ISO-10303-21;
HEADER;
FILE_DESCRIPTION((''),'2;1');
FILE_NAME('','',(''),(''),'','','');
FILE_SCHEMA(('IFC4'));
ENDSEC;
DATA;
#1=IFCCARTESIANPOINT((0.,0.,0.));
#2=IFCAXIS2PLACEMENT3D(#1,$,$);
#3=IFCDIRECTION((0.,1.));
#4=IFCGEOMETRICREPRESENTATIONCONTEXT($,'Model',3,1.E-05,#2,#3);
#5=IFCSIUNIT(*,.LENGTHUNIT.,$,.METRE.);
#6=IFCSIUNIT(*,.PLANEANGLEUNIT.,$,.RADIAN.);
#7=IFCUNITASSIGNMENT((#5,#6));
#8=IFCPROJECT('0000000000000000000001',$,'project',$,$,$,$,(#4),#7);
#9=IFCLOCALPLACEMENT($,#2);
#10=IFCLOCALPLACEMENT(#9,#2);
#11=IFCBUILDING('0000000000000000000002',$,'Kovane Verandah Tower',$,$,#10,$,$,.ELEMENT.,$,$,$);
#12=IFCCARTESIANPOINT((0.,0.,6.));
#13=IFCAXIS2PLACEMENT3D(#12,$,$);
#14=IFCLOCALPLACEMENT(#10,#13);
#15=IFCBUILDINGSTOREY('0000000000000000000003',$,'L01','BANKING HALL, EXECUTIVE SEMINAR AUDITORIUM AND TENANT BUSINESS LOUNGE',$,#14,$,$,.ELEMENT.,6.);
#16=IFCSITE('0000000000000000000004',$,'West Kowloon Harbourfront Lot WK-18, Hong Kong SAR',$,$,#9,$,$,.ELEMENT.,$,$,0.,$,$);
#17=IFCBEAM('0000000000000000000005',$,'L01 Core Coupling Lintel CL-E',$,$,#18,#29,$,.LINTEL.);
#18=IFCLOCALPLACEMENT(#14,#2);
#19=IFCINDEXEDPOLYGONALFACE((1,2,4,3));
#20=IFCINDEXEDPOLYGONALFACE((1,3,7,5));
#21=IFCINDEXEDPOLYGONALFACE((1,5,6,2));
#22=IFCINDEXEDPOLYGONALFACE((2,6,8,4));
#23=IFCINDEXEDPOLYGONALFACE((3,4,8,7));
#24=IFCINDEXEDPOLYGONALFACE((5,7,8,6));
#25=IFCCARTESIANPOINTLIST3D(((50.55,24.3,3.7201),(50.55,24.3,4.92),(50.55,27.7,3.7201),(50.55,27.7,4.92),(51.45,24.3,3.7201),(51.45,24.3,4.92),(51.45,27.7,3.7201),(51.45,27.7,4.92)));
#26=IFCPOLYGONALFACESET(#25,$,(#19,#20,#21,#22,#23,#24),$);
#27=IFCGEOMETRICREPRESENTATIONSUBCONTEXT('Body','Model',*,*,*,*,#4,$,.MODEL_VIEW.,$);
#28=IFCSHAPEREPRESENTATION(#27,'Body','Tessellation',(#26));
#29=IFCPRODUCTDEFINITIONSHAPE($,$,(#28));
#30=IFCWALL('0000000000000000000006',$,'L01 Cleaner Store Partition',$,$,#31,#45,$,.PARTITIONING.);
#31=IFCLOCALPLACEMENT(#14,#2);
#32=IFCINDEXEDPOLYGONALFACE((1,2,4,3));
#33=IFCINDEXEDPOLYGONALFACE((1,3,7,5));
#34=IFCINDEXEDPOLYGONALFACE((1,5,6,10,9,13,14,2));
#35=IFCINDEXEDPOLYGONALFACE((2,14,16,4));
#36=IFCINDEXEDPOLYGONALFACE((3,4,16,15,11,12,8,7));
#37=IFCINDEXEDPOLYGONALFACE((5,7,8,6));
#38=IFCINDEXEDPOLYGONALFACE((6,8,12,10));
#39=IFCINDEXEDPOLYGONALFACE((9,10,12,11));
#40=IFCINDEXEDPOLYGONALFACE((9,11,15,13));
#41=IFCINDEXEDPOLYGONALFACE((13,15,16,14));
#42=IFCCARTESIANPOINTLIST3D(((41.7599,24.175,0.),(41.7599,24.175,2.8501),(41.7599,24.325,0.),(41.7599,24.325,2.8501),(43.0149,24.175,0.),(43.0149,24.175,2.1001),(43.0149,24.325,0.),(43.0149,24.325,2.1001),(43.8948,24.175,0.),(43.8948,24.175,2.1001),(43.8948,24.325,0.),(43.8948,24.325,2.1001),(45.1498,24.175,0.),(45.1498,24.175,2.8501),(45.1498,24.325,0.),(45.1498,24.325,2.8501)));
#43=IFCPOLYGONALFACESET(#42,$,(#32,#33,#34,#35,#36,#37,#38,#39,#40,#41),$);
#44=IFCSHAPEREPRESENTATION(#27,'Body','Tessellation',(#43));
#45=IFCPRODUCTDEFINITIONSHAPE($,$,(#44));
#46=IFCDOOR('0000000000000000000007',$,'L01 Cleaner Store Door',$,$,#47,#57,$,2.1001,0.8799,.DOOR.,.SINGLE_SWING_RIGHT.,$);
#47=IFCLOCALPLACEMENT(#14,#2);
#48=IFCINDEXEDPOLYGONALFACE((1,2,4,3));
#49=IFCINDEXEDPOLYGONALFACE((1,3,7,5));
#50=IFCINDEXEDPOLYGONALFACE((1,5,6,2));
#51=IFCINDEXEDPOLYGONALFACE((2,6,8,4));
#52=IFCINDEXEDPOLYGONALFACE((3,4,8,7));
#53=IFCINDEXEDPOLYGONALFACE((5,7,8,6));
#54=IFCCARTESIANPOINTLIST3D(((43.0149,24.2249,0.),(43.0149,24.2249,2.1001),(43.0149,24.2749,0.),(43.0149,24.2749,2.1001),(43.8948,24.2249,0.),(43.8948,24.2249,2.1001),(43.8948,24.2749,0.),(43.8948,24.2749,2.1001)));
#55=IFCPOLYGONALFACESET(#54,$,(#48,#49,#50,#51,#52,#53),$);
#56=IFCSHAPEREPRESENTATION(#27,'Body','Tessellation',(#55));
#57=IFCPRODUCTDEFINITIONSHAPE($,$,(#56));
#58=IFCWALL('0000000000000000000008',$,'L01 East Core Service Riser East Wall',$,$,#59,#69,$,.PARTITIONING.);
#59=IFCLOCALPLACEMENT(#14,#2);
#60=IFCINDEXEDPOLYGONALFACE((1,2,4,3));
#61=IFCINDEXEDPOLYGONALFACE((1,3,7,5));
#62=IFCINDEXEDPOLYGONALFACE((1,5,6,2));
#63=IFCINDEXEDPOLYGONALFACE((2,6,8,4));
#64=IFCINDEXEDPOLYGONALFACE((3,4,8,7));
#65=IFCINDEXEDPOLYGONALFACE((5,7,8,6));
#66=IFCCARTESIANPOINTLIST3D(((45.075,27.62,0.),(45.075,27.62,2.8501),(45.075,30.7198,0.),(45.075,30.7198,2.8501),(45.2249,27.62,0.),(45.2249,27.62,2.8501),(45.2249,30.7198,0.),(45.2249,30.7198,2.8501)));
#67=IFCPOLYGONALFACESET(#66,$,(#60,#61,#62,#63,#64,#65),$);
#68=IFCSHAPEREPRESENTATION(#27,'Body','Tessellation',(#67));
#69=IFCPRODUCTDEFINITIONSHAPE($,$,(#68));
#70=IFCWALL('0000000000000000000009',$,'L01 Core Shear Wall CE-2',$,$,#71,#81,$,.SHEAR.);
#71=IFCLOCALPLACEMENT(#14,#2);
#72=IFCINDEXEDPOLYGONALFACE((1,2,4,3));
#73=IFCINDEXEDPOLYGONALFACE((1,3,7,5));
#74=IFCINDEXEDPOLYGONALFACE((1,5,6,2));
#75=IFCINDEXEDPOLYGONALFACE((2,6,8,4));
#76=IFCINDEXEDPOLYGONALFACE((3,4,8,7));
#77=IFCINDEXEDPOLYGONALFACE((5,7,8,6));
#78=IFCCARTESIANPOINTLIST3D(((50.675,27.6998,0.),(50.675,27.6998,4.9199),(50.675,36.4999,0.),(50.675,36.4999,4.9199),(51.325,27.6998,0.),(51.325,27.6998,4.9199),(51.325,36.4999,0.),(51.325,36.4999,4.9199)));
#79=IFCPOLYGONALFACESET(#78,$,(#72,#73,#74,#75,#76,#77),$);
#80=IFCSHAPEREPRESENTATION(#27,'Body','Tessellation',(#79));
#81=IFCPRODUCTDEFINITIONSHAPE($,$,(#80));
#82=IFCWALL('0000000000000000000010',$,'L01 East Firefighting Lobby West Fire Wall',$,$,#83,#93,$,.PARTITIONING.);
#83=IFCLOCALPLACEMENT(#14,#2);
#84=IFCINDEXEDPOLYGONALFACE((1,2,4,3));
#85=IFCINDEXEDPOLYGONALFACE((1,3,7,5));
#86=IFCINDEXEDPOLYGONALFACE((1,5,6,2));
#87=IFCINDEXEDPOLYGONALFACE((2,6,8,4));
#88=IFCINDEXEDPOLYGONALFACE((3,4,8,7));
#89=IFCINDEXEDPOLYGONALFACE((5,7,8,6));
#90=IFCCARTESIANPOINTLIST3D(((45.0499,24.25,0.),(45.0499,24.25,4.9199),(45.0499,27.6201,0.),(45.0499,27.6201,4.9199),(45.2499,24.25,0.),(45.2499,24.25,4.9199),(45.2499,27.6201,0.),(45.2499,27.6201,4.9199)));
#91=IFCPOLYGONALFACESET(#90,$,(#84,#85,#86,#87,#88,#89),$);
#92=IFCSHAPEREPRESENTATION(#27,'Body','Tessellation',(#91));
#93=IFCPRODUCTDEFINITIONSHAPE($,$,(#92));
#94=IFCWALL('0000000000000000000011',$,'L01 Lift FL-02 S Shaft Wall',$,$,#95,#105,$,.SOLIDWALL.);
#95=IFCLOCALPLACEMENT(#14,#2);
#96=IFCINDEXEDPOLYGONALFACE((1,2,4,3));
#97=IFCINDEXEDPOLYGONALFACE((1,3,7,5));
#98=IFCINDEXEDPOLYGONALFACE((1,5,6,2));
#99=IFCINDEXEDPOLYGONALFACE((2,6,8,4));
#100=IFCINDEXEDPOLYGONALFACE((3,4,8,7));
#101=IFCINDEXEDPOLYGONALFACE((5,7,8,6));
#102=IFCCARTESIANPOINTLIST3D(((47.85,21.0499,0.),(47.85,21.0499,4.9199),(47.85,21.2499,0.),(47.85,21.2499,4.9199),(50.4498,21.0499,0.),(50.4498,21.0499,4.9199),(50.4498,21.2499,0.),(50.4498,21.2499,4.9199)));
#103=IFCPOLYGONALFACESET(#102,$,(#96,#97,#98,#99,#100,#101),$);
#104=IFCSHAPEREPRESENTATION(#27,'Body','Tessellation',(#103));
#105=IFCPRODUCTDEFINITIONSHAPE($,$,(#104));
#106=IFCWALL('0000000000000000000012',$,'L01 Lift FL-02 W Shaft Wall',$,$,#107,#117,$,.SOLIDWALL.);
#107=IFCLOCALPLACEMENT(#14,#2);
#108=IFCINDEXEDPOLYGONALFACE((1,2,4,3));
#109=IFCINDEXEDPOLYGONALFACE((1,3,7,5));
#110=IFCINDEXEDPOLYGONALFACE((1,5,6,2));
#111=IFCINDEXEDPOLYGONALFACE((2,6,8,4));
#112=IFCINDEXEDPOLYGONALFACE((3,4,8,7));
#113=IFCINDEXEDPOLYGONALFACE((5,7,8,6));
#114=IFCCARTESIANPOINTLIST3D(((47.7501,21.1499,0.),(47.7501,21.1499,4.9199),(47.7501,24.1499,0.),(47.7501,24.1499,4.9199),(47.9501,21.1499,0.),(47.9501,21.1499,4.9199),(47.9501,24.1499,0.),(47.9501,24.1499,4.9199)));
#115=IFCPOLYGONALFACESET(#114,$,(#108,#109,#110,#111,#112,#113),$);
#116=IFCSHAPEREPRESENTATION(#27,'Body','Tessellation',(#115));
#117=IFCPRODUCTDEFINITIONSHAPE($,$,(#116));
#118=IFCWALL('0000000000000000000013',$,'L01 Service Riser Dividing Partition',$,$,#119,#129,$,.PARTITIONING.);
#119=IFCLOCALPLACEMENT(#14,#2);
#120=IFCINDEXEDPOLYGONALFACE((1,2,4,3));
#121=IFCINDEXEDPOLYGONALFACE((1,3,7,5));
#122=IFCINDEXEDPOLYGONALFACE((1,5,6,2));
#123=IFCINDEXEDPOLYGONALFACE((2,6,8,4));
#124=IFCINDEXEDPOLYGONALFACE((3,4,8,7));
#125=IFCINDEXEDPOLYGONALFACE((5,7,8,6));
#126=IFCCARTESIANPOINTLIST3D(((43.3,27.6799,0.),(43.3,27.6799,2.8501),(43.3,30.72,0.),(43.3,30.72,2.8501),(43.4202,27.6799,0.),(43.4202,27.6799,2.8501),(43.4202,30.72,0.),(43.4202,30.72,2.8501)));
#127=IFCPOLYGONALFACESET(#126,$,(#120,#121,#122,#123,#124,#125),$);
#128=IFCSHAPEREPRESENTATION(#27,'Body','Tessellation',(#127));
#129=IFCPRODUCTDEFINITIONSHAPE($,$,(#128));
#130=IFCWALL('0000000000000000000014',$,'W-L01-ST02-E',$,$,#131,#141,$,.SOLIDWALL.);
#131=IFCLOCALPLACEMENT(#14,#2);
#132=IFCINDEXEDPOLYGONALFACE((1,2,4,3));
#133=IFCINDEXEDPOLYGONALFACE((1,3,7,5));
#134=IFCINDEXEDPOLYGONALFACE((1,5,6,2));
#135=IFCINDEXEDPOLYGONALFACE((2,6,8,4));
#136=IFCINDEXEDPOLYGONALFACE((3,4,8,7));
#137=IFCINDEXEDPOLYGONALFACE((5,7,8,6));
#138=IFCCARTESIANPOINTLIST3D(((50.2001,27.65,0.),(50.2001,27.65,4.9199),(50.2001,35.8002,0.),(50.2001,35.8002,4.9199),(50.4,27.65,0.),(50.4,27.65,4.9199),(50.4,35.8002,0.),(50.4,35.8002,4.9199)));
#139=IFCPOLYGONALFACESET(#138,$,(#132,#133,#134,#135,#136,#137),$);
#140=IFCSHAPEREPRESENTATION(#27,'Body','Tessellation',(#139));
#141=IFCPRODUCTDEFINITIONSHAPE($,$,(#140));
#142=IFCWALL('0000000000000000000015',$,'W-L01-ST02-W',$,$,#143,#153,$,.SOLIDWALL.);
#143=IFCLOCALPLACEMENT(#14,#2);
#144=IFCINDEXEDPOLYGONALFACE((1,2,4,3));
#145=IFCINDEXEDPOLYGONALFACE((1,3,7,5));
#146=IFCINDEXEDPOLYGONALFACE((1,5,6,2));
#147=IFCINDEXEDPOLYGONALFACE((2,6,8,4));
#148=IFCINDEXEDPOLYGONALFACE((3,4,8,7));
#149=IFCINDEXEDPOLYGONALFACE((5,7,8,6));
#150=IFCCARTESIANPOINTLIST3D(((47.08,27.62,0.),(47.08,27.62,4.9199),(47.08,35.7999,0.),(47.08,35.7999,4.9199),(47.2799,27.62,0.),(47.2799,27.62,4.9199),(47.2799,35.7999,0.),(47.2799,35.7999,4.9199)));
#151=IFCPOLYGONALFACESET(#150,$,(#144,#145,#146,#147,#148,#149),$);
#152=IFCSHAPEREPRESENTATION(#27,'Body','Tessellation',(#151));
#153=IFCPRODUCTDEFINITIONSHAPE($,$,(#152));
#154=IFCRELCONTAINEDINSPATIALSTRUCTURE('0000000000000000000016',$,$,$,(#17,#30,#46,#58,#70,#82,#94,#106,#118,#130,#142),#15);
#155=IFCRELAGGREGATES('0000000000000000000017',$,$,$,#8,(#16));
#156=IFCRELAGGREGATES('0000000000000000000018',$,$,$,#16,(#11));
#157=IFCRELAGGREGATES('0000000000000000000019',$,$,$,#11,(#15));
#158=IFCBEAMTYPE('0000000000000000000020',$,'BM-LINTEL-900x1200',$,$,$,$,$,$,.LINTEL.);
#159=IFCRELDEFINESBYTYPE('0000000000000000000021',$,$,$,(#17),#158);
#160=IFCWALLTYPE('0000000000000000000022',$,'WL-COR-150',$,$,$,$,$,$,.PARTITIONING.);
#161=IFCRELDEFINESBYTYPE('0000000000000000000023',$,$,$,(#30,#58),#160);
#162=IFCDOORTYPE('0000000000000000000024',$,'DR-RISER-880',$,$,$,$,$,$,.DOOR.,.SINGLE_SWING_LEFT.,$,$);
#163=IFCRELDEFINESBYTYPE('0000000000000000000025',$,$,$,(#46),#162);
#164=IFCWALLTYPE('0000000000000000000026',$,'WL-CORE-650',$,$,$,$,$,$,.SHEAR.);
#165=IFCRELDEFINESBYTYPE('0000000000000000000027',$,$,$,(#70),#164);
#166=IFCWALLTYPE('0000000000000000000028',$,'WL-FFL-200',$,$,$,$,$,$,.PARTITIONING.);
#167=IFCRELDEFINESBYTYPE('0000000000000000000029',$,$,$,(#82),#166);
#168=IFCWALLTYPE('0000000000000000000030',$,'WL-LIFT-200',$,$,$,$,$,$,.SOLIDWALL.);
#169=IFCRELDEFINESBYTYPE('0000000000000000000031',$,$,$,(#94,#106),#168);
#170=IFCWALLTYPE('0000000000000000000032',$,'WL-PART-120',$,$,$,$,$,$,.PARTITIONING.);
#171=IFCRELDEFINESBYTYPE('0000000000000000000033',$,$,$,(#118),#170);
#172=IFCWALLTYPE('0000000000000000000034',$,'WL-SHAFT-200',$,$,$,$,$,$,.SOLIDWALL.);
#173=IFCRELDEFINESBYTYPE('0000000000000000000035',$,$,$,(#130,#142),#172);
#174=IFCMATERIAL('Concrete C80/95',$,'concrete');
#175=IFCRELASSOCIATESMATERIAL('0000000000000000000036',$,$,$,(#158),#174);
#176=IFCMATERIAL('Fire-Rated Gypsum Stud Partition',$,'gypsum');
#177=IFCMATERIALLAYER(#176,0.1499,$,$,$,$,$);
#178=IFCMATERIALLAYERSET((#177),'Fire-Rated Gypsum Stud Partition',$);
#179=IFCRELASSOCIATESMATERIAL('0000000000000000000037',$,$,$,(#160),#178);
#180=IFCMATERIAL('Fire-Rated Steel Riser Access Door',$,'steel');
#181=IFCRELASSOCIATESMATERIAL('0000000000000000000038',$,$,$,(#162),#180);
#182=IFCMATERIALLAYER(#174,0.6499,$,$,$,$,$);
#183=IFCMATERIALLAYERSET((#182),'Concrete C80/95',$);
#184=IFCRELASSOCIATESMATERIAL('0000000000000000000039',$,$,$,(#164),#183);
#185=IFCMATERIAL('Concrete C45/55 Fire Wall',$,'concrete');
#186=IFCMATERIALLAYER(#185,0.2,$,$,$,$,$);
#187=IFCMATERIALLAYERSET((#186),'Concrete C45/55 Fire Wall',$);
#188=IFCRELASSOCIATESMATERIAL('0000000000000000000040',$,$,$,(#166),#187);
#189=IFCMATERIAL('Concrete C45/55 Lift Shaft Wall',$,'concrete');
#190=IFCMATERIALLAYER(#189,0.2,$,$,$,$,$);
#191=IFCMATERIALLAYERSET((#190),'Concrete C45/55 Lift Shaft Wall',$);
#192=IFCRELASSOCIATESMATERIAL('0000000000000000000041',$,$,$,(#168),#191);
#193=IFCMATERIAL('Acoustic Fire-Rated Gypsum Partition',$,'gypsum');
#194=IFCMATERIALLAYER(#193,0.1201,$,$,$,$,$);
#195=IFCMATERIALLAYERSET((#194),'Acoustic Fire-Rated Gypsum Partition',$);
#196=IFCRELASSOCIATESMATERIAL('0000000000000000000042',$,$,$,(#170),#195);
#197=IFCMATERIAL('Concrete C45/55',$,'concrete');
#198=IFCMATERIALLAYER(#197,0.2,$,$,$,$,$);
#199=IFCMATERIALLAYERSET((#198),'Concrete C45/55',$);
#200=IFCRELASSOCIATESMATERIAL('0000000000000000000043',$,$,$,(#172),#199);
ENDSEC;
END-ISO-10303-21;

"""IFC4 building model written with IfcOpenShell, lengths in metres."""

from ifc_helpers import new_model, si_unit, direction, frame, frame_2d, origin, origin_2d, place, context, subcontext, project, spatial, rectangle, extrude, material, layer, layer_set, material_profile, profile_set, type_object, element, fill, save


model = new_model("IFC4")

# Units and contexts
model_context = context("Model", 3, precision=1e-05, world=origin(), true_north=direction((0.0, 1.0)))
body_context = subcontext(model_context, "Body", "Model", "MODEL_VIEW")
ifc_project = project(units=[si_unit("LENGTHUNIT", "METRE"), si_unit("PLANEANGLEUNIT", "RADIAN")], contexts=[model_context])

# Site, building, storey
site_placement = place(None, origin())
site = spatial("IfcSite", under=ifc_project, at=site_placement, Name="West Kowloon Harbourfront Lot WK-18, Hong Kong SAR", CompositionType="ELEMENT", RefElevation=0.0)
building_placement = place(site_placement, origin())
building = spatial("IfcBuilding", under=site, at=building_placement, Name="Kovane Verandah Tower", CompositionType="ELEMENT")
storey_placement = place(building_placement, frame((0.0, 0.0, 6.0)))
storey = spatial("IfcBuildingStorey", under=building, at=storey_placement, Name="L01", Description="BANKING HALL, EXECUTIVE SEMINAR AUDITORIUM AND TENANT BUSINESS LOUNGE", CompositionType="ELEMENT", Elevation=6.0)

# Beam
ifc_material_1 = material(Name="Concrete C80/95", Category="concrete")
ifc_material_profile = material_profile(ifc_material_1, rectangle(XDim=0.8999, YDim=1.2, at=origin_2d()), Name="RCB900x1200")
ifc_profile_set = profile_set([ifc_material_profile], Name="Concrete C80/95")
beam_type = type_object("IfcBeamType", Name="BM-LINTEL-900x1200", PredefinedType="LINTEL", material=ifc_profile_set)
beam_placement = place(storey_placement, frame((51.0, 24.3, 4.3201), z_axis=(0.0, 1.0, 0.0), x_axis=(-1.0, 0.0, 0.0)))
element("IfcBeam", 1, at=beam_placement, inside=storey, type_object=beam_type, Name="L01 Core Coupling Lintel CL-E", PredefinedType="LINTEL", context=body_context, shape_type="SweptSolid", body=[
    extrude(rectangle(XDim=0.8999, YDim=1.2, at=origin_2d()), origin(), (0.0, 0.0, 1.0), 3.3999),
])

# Wall, opening, door
ifc_material_2 = material(Name="Fire-Rated Gypsum Stud Partition", Category="gypsum")
ifc_layer_1 = layer(ifc_material_2, 0.1499)
ifc_layer_set_1 = layer_set([ifc_layer_1], Name="Fire-Rated Gypsum Stud Partition")
wall_type_1 = type_object("IfcWallType", Name="WL-COR-150", PredefinedType="PARTITIONING", material=ifc_layer_set_1)
wall_1_placement = place(storey_placement, frame((41.76, 24.25, 0.0), z_axis=(0.0, 0.0, 1.0), x_axis=(1.0, 0.0, 0.0)))
wall_1 = element("IfcWall", 2, at=wall_1_placement, inside=storey, type_object=wall_type_1, Name="L01 Cleaner Store Partition", PredefinedType="PARTITIONING", context=body_context, shape_type="SweptSolid", body=[
    extrude(rectangle(XDim=3.3899, YDim=0.1499, at=frame_2d((1.6948, 0.0))), origin(), (0.0, 0.0, 1.0), 2.8501),
])
opening_1_placement = place(wall_1_placement, frame((1.2549, 0.0, 0.0)))
opening_1 = element("IfcOpeningElement", 3, at=opening_1_placement, cuts=wall_1, PredefinedType="OPENING", context=body_context, shape_type="SweptSolid", body=[
    extrude(rectangle(XDim=0.8799, YDim=2.1001, at=frame_2d((0.4399, 1.05))), frame((0.0, 0.075, 0.0), z_axis=(0.0, -1.0, 0.0), x_axis=(1.0, 0.0, 0.0)), (0.0, 0.0, 1.0), 0.1499),
])
ifc_material_3 = material(Name="Fire-Rated Steel Riser Access Door", Category="steel")
door_type_1 = type_object("IfcDoorType", Name="DR-RISER-880", OperationType="SINGLE_SWING_LEFT", PredefinedType="DOOR", material=ifc_material_3)
door_1_placement = place(opening_1_placement, origin())
door_1 = element("IfcDoor", 4, at=door_1_placement, inside=storey, type_object=door_type_1, Name="L01 Cleaner Store Door", OperationType="SINGLE_SWING_RIGHT", OverallHeight=2.1001, OverallWidth=0.8799, PredefinedType="DOOR", context=body_context, shape_type="SweptSolid", body=[
    extrude(rectangle(XDim=0.8799, YDim=2.1001, at=frame_2d((0.4399, 1.05))), frame((0.0, 0.0249, 0.0), z_axis=(0.0, -1.0, 0.0), x_axis=(1.0, 0.0, 0.0)), (0.0, 0.0, 1.0), 0.05),
])
fill(opening_1, door_1)

# Walls
wall_2_placement = place(storey_placement, frame((45.1499, 27.6201, 0.0), z_axis=(0.0, 0.0, 1.0), x_axis=(0.0, 1.0, 0.0)))
element("IfcWall", 5, at=wall_2_placement, inside=storey, type_object=wall_type_1, Name="L01 East Core Service Riser East Wall", PredefinedType="PARTITIONING", context=body_context, shape_type="SweptSolid", body=[
    extrude(rectangle(XDim=3.0999, YDim=0.1499, at=frame_2d((1.5498, 0.0))), origin(), (0.0, 0.0, 1.0), 2.8501),
])
ifc_layer_2 = layer(ifc_material_1, 0.6499)
ifc_layer_set_2 = layer_set([ifc_layer_2], Name="Concrete C80/95")
wall_type_2 = type_object("IfcWallType", Name="WL-CORE-650", PredefinedType="SHEAR", material=ifc_layer_set_2)
wall_3_placement = place(storey_placement, frame((51.0, 27.7, 0.0), z_axis=(0.0, 0.0, 1.0), x_axis=(0.0, 1.0, 0.0)))
element("IfcWall", 6, at=wall_3_placement, inside=storey, type_object=wall_type_2, Name="L01 Core Shear Wall CE-2", PredefinedType="SHEAR", context=body_context, shape_type="SweptSolid", body=[
    extrude(rectangle(XDim=8.8, YDim=0.6499, at=frame_2d((4.3999, 0.0))), origin(), (0.0, 0.0, 1.0), 4.9199),
])
ifc_material_4 = material(Name="Concrete C45/55 Fire Wall", Category="concrete")
ifc_layer_3 = layer(ifc_material_4, 0.2)
ifc_layer_set_3 = layer_set([ifc_layer_3], Name="Concrete C45/55 Fire Wall")
wall_type_3 = type_object("IfcWallType", Name="WL-FFL-200", PredefinedType="PARTITIONING", material=ifc_layer_set_3)
wall_4_placement = place(storey_placement, frame((45.1499, 24.25, 0.0), z_axis=(0.0, 0.0, 1.0), x_axis=(0.0, 1.0, 0.0)))
element("IfcWall", 7, at=wall_4_placement, inside=storey, type_object=wall_type_3, Name="L01 East Firefighting Lobby West Fire Wall", PredefinedType="PARTITIONING", context=body_context, shape_type="SweptSolid", body=[
    extrude(rectangle(XDim=3.3701, YDim=0.2, at=frame_2d((1.6851, 0.0))), origin(), (0.0, 0.0, 1.0), 4.9199),
])

# Wall
ifc_material_5 = material(Name="Concrete C45/55 Lift Shaft Wall", Category="concrete")
ifc_layer_4 = layer(ifc_material_5, 0.2)
ifc_layer_set_4 = layer_set([ifc_layer_4], Name="Concrete C45/55 Lift Shaft Wall")
wall_type_4 = type_object("IfcWallType", Name="WL-LIFT-200", PredefinedType="SOLIDWALL", material=ifc_layer_set_4)
wall_5_placement = place(storey_placement, frame((47.8501, 21.1499, 0.0), z_axis=(0.0, 0.0, 1.0), x_axis=(1.0, 0.0, 0.0)))
element("IfcWall", 8, at=wall_5_placement, inside=storey, type_object=wall_type_4, Name="L01 Lift FL-02 S Shaft Wall", PredefinedType="SOLIDWALL", context=body_context, shape_type="SweptSolid", body=[
    extrude(rectangle(XDim=2.5999, YDim=0.2, at=frame_2d((1.2998, 0.0))), origin(), (0.0, 0.0, 1.0), 4.9199),
])

# Walls
wall_6_placement = place(storey_placement, frame((47.8501, 24.1499, 0.0), z_axis=(0.0, 0.0, 1.0), x_axis=(0.0, -1.0, 0.0)))
element("IfcWall", 9, at=wall_6_placement, inside=storey, type_object=wall_type_4, Name="L01 Lift FL-02 W Shaft Wall", PredefinedType="SOLIDWALL", context=body_context, shape_type="SweptSolid", body=[
    extrude(rectangle(XDim=3.0, YDim=0.2, at=frame_2d((1.5, 0.0))), origin(), (0.0, 0.0, 1.0), 4.9199),
])
ifc_material_6 = material(Name="Acoustic Fire-Rated Gypsum Partition", Category="gypsum")
ifc_layer_5 = layer(ifc_material_6, 0.1201)
ifc_layer_set_5 = layer_set([ifc_layer_5], Name="Acoustic Fire-Rated Gypsum Partition")
wall_type_5 = type_object("IfcWallType", Name="WL-PART-120", PredefinedType="PARTITIONING", material=ifc_layer_set_5)
wall_7_placement = place(storey_placement, frame((43.3601, 27.6799, 0.0), z_axis=(0.0, 0.0, 1.0), x_axis=(0.0, 1.0, 0.0)))
element("IfcWall", 10, at=wall_7_placement, inside=storey, type_object=wall_type_5, Name="L01 Service Riser Dividing Partition", PredefinedType="PARTITIONING", context=body_context, shape_type="SweptSolid", body=[
    extrude(rectangle(XDim=3.04, YDim=0.1201, at=frame_2d((1.52, 0.0))), origin(), (0.0, 0.0, 1.0), 2.8501),
])
ifc_material_7 = material(Name="Concrete C45/55", Category="concrete")
ifc_layer_6 = layer(ifc_material_7, 0.2)
ifc_layer_set_6 = layer_set([ifc_layer_6], Name="Concrete C45/55")
wall_type_6 = type_object("IfcWallType", Name="WL-SHAFT-200", PredefinedType="SOLIDWALL", material=ifc_layer_set_6)
wall_8_placement = place(storey_placement, frame((50.3, 27.6499, 0.0), z_axis=(0.0, 0.0, 1.0), x_axis=(0.0, 1.0, 0.0)))
element("IfcWall", 11, at=wall_8_placement, inside=storey, type_object=wall_type_6, Name="W-L01-ST02-E", PredefinedType="SOLIDWALL", context=body_context, shape_type="SweptSolid", body=[
    extrude(rectangle(XDim=8.1501, YDim=0.2, at=frame_2d((4.0752, 0.0))), origin(), (0.0, 0.0, 1.0), 4.9199),
])
wall_9_placement = place(storey_placement, frame((47.1799, 27.6201, 0.0), z_axis=(0.0, 0.0, 1.0), x_axis=(0.0, 1.0, 0.0)))
element("IfcWall", 12, at=wall_9_placement, inside=storey, type_object=wall_type_6, Name="W-L01-ST02-W", PredefinedType="SOLIDWALL", context=body_context, shape_type="SweptSolid", body=[
    extrude(rectangle(XDim=8.1799, YDim=0.2, at=frame_2d((4.0898, 0.0))), origin(), (0.0, 0.0, 1.0), 4.9199),
])

save(model, "model.ifc")
